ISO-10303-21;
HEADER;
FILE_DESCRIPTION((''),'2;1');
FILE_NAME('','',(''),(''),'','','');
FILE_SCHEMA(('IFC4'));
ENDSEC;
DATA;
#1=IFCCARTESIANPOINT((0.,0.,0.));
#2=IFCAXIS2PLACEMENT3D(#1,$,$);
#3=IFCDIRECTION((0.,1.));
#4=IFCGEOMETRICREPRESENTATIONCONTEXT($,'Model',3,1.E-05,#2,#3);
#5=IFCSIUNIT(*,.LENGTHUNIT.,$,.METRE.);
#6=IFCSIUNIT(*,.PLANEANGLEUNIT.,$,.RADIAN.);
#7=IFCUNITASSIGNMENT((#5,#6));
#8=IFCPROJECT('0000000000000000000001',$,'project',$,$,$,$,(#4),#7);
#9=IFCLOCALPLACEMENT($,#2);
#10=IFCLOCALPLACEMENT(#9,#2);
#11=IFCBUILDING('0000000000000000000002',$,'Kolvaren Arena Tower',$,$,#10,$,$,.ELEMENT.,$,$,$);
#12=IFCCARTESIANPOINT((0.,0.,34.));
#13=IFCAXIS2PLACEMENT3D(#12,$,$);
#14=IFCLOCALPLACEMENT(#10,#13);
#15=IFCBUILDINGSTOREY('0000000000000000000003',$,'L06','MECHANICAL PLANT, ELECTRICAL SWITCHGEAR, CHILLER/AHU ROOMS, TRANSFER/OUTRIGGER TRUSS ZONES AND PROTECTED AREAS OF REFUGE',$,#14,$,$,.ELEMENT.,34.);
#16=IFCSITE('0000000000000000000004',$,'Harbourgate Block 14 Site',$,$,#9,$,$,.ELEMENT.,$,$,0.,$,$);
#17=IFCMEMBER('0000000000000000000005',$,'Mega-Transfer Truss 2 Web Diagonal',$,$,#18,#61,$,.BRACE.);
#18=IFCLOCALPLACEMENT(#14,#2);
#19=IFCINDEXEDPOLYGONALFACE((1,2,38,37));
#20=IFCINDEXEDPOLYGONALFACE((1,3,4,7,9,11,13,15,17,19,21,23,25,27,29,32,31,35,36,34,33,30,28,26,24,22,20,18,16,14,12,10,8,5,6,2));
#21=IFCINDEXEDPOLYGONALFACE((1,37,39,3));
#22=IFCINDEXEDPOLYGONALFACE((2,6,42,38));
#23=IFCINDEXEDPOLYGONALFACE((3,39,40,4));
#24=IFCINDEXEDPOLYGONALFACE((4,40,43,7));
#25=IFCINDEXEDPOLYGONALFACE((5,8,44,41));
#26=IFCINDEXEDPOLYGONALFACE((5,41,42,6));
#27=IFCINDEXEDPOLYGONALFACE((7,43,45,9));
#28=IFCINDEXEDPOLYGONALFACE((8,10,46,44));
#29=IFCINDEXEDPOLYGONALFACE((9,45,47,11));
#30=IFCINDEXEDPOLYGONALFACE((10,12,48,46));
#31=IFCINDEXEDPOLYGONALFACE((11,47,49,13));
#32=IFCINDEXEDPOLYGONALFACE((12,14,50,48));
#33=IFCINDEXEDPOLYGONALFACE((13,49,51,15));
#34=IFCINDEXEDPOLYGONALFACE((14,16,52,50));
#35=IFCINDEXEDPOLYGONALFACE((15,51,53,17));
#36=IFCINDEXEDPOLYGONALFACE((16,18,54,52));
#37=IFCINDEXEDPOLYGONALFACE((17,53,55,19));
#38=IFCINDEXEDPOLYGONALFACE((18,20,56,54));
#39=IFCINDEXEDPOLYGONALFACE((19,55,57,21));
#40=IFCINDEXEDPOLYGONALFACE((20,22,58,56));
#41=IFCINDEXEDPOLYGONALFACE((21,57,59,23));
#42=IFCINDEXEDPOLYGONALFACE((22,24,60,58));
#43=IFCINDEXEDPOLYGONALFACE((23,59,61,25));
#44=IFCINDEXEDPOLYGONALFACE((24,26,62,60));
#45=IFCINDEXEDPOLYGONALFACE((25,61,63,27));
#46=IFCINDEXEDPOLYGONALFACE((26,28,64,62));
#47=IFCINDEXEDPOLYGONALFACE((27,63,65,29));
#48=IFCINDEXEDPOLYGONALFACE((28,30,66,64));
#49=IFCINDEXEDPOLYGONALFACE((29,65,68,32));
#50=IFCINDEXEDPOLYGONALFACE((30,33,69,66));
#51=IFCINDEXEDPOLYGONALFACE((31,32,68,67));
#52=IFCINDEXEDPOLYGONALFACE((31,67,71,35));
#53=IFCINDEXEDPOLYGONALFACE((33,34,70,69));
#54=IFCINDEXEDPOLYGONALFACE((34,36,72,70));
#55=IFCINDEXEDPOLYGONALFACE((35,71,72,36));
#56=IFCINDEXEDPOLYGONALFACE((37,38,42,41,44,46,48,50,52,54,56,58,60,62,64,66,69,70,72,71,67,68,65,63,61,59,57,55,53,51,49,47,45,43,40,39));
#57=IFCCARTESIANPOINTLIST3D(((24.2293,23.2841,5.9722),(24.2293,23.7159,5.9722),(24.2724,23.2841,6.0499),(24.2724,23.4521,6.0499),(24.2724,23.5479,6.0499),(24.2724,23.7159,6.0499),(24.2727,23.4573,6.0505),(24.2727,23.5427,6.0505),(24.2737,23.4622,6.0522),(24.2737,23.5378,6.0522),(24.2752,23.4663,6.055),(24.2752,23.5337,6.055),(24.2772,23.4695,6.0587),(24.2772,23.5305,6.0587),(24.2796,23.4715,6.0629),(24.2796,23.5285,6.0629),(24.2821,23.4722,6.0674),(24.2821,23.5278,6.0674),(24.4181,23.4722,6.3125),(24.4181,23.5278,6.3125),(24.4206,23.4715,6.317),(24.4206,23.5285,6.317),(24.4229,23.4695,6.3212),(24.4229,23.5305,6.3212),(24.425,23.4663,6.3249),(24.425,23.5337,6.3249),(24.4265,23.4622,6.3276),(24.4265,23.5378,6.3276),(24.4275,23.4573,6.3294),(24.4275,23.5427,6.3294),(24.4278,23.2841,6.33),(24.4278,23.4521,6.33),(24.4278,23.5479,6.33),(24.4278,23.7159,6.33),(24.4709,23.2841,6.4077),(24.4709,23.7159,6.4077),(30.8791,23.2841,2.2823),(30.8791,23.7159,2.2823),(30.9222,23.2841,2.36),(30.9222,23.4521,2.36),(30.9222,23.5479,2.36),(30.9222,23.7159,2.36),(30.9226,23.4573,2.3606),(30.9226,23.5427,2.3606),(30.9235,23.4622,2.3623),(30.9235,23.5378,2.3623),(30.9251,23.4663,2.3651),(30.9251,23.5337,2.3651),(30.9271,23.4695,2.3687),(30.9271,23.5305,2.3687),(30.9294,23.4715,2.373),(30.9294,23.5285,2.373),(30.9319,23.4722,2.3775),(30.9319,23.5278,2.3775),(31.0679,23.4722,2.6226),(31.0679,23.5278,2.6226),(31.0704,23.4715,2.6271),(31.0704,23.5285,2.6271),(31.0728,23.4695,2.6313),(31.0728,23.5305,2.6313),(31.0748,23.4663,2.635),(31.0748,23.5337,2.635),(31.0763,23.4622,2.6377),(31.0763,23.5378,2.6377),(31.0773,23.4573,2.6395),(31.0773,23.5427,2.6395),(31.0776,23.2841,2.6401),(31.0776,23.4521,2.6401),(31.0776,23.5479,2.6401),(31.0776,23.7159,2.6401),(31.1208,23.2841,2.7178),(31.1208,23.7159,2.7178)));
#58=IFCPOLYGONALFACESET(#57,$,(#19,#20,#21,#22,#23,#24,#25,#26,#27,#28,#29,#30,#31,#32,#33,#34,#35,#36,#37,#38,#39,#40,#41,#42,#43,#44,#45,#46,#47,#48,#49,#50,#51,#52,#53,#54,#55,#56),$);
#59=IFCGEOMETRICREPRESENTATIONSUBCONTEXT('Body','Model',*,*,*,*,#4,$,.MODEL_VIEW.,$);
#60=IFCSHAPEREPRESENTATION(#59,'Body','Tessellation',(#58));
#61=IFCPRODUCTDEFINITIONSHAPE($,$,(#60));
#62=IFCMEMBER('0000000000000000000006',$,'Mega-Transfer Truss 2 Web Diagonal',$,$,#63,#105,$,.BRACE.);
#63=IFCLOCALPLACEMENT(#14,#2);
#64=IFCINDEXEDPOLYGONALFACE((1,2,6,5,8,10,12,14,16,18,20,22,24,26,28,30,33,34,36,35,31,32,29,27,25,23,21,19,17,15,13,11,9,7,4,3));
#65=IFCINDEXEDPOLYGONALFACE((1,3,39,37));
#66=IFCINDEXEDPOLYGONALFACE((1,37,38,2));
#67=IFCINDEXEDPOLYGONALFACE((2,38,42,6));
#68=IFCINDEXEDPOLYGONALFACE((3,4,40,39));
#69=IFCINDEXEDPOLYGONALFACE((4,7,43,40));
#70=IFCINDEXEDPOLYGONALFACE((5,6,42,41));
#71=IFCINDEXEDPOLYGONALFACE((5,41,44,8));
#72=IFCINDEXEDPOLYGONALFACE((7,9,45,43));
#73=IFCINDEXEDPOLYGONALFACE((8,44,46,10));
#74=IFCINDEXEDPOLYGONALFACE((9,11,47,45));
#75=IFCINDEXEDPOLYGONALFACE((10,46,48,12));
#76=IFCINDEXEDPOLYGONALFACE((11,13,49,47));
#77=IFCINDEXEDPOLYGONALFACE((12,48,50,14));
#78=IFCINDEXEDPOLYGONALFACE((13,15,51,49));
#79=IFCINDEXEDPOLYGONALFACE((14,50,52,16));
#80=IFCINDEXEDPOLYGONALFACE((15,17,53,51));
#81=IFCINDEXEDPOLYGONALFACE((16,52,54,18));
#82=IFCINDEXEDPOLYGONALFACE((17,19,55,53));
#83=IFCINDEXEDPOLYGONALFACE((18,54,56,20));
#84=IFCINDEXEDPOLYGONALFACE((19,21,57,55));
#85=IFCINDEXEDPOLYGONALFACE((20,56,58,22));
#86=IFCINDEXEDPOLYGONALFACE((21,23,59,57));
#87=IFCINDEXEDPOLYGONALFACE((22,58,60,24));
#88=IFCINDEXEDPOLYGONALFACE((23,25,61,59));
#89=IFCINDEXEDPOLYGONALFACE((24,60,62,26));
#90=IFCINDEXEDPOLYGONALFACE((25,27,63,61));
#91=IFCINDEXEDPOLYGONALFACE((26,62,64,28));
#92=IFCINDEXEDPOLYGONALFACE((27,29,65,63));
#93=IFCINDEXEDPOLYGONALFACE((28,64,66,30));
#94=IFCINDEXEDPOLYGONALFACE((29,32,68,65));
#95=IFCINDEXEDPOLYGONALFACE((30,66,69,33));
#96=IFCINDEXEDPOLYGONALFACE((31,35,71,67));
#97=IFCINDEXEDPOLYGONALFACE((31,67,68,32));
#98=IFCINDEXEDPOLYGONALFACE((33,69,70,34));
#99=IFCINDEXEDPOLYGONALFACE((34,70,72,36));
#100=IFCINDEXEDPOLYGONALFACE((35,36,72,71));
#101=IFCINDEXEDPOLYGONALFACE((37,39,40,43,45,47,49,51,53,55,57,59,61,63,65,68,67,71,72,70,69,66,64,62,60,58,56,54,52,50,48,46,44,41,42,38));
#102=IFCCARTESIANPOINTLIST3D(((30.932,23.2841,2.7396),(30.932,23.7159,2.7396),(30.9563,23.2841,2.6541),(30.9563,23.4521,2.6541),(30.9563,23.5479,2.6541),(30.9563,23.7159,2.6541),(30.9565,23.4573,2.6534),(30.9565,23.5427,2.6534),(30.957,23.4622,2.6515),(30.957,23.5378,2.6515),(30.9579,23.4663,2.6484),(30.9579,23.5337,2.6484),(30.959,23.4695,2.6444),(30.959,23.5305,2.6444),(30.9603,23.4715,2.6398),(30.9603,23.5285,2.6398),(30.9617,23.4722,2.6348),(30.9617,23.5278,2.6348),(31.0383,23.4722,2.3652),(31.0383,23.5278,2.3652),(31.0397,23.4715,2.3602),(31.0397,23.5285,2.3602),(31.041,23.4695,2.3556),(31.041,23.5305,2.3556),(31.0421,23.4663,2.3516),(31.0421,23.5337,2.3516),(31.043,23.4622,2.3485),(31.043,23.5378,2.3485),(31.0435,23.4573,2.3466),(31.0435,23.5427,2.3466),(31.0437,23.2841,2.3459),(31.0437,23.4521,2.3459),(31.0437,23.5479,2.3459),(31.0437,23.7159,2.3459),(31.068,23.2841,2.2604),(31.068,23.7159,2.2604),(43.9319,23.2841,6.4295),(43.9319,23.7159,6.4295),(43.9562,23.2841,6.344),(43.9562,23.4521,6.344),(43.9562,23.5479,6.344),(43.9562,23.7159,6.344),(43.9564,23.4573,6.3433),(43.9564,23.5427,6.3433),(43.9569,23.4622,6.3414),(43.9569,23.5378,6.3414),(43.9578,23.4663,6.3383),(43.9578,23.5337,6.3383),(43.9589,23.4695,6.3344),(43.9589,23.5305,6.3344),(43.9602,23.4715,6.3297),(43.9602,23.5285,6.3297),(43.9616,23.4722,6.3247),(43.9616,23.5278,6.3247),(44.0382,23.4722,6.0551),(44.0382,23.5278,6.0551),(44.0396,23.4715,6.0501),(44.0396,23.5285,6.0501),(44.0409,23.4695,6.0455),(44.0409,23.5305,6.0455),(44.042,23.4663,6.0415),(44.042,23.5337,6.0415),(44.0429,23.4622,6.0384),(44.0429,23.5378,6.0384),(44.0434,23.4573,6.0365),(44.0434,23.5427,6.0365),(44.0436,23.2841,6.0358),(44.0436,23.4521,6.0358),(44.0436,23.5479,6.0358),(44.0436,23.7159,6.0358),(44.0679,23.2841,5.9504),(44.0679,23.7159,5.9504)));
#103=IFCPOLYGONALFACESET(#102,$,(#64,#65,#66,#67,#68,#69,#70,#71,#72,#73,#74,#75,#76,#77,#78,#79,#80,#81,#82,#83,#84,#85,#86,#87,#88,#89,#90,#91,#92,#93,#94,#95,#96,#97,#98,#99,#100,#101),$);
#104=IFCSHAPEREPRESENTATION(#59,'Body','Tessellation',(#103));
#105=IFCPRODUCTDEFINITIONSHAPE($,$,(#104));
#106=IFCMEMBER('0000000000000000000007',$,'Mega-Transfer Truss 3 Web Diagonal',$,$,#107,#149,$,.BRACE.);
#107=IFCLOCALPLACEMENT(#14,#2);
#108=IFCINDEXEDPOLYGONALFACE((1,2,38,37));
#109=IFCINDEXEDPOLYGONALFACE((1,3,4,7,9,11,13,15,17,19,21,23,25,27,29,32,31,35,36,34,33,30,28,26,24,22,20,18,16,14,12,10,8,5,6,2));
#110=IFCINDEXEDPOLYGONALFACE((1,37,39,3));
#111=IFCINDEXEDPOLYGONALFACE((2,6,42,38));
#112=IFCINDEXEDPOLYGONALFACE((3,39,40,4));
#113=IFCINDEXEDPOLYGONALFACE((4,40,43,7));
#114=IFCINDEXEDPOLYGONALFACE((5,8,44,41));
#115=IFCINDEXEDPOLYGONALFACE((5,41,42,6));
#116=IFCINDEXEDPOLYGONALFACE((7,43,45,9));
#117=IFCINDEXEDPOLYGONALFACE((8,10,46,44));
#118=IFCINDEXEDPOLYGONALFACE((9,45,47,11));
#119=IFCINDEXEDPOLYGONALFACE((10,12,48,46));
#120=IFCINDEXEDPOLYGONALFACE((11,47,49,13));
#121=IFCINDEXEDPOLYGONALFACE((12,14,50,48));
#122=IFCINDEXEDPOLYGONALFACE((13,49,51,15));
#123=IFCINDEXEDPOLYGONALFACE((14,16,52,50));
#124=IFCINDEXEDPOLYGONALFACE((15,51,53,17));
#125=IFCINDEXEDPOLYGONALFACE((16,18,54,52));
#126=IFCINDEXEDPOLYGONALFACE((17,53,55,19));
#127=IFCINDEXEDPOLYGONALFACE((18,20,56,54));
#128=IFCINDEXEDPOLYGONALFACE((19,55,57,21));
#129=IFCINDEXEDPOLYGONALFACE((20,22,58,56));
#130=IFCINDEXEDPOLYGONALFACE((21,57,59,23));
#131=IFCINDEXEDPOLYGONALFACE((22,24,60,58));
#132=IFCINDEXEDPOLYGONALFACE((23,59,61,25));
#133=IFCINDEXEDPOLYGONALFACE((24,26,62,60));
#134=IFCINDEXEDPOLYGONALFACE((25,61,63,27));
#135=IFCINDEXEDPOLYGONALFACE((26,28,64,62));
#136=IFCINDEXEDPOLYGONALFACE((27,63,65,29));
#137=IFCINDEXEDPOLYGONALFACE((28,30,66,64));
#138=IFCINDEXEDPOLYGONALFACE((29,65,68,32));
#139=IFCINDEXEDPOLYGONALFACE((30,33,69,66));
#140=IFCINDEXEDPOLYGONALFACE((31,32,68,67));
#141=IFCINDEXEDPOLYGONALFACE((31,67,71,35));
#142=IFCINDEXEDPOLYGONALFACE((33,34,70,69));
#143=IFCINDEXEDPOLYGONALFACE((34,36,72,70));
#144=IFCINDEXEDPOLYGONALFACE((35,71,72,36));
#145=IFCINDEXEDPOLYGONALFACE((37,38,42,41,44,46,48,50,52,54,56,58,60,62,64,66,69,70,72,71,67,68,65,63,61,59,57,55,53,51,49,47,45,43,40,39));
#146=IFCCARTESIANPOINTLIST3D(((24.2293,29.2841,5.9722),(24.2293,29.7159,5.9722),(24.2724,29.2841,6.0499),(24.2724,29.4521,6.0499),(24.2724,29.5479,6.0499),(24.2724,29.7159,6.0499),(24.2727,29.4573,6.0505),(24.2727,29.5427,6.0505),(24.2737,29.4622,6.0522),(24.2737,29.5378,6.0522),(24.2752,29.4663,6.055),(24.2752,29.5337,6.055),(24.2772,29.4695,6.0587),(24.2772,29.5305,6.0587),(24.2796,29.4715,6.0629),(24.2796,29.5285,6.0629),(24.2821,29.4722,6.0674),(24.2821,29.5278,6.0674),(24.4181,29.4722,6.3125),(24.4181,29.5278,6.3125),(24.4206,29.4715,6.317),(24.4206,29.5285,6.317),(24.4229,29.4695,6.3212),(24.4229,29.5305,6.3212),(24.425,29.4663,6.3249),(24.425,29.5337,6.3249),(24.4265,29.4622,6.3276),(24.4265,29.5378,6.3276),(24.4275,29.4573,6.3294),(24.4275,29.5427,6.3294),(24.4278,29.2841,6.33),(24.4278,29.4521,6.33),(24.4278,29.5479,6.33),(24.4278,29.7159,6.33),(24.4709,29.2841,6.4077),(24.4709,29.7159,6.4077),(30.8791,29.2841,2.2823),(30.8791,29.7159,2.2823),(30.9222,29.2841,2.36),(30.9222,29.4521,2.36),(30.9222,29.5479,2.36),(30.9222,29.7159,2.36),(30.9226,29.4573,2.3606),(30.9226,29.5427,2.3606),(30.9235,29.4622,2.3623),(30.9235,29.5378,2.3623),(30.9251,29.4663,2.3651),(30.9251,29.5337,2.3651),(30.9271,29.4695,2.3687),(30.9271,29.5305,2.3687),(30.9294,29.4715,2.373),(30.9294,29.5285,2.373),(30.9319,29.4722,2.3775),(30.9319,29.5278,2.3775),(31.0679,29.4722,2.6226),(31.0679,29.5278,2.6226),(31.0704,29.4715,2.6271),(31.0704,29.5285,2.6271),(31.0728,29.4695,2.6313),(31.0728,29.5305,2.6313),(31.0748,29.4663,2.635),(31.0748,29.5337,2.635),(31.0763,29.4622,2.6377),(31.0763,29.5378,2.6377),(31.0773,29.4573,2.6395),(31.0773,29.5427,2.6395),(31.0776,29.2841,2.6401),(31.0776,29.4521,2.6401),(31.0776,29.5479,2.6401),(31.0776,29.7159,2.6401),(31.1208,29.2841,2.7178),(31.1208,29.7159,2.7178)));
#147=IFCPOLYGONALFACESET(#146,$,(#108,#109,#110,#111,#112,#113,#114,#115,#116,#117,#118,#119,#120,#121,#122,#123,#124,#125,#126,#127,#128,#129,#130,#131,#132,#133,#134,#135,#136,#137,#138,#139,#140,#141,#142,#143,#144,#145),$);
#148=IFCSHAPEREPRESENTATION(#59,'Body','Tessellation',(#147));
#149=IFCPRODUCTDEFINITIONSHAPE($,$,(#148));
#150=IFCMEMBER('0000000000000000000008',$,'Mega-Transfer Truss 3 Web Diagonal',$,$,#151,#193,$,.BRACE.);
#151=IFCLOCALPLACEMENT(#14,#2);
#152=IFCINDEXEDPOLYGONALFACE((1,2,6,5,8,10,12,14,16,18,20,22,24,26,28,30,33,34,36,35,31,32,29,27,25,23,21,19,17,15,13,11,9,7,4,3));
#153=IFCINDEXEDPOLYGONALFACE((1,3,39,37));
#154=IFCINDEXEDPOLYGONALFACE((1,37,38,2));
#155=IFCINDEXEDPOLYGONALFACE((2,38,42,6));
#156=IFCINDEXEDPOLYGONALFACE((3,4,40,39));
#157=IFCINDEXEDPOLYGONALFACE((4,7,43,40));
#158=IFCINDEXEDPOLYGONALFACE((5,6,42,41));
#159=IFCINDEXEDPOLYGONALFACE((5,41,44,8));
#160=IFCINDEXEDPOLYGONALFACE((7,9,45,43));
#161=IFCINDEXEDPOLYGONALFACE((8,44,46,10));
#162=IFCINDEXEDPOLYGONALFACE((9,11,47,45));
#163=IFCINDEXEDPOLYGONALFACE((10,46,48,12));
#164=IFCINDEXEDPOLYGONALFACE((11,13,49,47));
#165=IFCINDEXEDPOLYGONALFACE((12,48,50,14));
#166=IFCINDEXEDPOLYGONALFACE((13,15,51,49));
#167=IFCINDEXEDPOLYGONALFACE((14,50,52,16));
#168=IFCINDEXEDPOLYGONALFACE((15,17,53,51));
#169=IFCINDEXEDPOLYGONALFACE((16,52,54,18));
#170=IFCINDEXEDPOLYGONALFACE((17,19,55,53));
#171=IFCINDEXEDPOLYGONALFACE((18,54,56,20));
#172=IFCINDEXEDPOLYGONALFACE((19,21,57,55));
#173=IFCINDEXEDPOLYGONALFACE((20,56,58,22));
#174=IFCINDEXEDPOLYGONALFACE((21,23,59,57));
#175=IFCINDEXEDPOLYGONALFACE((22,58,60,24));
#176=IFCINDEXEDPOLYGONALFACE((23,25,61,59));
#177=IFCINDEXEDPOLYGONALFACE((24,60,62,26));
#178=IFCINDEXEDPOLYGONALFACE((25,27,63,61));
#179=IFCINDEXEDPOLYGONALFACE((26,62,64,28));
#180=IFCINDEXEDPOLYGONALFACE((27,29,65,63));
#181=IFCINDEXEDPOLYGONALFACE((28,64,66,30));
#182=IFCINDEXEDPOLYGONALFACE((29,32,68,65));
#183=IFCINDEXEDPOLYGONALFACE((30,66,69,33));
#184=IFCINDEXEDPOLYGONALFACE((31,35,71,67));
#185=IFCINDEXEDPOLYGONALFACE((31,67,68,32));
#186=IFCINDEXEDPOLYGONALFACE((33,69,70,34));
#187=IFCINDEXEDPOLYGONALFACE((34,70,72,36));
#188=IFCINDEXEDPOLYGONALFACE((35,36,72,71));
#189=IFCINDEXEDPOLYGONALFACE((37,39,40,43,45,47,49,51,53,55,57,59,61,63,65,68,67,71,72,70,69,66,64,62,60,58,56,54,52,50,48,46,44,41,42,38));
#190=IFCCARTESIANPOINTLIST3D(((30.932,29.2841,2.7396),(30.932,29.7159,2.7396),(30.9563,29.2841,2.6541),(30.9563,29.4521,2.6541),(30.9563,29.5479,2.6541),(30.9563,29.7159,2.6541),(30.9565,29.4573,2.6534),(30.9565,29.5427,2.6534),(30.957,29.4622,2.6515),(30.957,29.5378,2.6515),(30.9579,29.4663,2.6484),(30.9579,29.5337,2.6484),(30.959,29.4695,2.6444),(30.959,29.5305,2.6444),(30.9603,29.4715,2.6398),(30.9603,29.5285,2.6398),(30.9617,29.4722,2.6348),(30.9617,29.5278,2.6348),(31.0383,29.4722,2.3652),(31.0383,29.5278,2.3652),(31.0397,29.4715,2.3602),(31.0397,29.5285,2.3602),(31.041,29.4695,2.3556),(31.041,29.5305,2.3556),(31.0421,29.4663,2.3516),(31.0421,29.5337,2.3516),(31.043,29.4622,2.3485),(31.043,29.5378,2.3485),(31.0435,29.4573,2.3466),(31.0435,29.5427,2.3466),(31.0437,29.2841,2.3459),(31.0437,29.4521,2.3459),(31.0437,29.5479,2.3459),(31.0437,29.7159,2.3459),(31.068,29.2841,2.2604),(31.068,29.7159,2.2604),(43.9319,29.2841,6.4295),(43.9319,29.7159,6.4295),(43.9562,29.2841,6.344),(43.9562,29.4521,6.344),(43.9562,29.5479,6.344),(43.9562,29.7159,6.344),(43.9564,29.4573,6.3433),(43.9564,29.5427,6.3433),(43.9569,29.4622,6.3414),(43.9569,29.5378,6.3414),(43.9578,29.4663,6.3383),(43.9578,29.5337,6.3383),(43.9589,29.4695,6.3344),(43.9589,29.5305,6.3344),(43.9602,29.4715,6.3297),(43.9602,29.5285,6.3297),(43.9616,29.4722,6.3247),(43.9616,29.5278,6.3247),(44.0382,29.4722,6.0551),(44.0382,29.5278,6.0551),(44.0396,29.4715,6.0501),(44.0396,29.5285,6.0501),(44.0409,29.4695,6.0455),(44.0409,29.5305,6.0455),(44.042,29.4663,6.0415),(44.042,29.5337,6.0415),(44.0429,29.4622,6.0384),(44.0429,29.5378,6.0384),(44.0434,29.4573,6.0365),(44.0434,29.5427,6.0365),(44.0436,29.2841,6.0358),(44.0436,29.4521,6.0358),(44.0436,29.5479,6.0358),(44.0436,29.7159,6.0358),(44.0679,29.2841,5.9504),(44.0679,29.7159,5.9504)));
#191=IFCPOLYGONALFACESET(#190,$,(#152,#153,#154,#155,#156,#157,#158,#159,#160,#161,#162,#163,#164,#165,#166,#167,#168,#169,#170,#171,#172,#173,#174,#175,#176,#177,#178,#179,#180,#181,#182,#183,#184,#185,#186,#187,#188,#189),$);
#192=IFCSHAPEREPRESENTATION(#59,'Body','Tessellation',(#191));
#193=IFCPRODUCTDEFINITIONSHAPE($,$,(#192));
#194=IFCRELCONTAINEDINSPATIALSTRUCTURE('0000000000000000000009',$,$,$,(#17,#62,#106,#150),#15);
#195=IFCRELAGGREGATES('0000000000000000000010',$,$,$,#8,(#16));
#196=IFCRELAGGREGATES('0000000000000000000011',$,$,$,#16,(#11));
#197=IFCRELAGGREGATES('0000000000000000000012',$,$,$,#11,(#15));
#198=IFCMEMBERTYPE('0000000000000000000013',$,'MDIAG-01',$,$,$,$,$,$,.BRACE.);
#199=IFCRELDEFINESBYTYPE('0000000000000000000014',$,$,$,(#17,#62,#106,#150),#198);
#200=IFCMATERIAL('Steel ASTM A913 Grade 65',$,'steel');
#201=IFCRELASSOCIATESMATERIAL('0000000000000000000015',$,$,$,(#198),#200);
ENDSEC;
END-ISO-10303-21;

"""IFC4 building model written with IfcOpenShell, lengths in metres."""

from ifc_helpers import new_model, si_unit, direction, frame, origin, origin_2d, place, context, subcontext, project, spatial, i_section, extrude, material, material_profile, profile_set, type_object, element, save


model = new_model("IFC4")

# Units and contexts
model_context = context("Model", 3, precision=1e-05, world=origin(), true_north=direction((0.0, 1.0)))
body_context = subcontext(model_context, "Body", "Model", "MODEL_VIEW")
ifc_project = project(units=[si_unit("LENGTHUNIT", "METRE"), si_unit("PLANEANGLEUNIT", "RADIAN")], contexts=[model_context])

# Site, building, storey
site_placement = place(None, origin())
site = spatial("IfcSite", under=ifc_project, at=site_placement, Name="Harbourgate Block 14 Site", CompositionType="ELEMENT", RefElevation=0.0)
building_placement = place(site_placement, origin())
building = spatial("IfcBuilding", under=site, at=building_placement, Name="Kolvaren Arena Tower", CompositionType="ELEMENT")
storey_placement = place(building_placement, frame((0.0, 0.0, 34.0)))
storey = spatial("IfcBuildingStorey", under=building, at=storey_placement, Name="L06", Description="MECHANICAL PLANT, ELECTRICAL SWITCHGEAR, CHILLER/AHU ROOMS, TRANSFER/OUTRIGGER TRUSS ZONES AND PROTECTED AREAS OF REFUGE", CompositionType="ELEMENT", Elevation=34.0)

# Members
ifc_material_1 = material(Name="Steel ASTM A913 Grade 65", Category="steel")
ifc_material_profile_1 = material_profile(ifc_material_1, i_section(OverallWidth=0.4319, OverallDepth=0.498, WebThickness=0.0557, FlangeThickness=0.0889, FilletRadius=0.02, at=origin_2d()), Name="W360x744")
ifc_profile_set_1 = profile_set([ifc_material_profile_1], Name="Steel ASTM A913 Grade 65")
member_type_1 = type_object("IfcMemberType", Name="MDIAG-01", PredefinedType="BRACE", material=ifc_profile_set_1)
member_1_placement = place(storey_placement, frame((24.3501, 23.5, 6.1899), z_axis=(0.874406, 0.0, -0.485196), x_axis=(0.0, 1.0, 0.0)))
element("IfcMember", 1, at=member_1_placement, inside=storey, type_object=member_type_1, Name="Mega-Transfer Truss 2 Web Diagonal", PredefinedType="BRACE", context=body_context, shape_type="SweptSolid", body=[
    extrude(i_section(OverallWidth=0.4319, OverallDepth=0.498, WebThickness=0.0557, FlangeThickness=0.0889, FilletRadius=0.02, at=origin_2d()), origin(), (0.0, 0.0, 1.0), 7.605),
])
member_2_placement = place(storey_placement, frame((31.0, 23.5, 2.5), z_axis=(0.961998, 0.0, 0.273055), x_axis=(0.0, 1.0, 0.0)))
element("IfcMember", 2, at=member_2_placement, inside=storey, type_object=member_type_1, Name="Mega-Transfer Truss 2 Web Diagonal", PredefinedType="BRACE", context=body_context, shape_type="SweptSolid", body=[
    extrude(i_section(OverallWidth=0.4319, OverallDepth=0.498, WebThickness=0.0557, FlangeThickness=0.0889, FilletRadius=0.02, at=origin_2d()), origin(), (0.0, 0.0, 1.0), 13.5134),
])
member_3_placement = place(storey_placement, frame((24.3501, 29.5, 6.1899), z_axis=(0.874406, 0.0, -0.485196), x_axis=(0.0, 1.0, 0.0)))
element("IfcMember", 3, at=member_3_placement, inside=storey, type_object=member_type_1, Name="Mega-Transfer Truss 3 Web Diagonal", PredefinedType="BRACE", context=body_context, shape_type="SweptSolid", body=[
    extrude(i_section(OverallWidth=0.4319, OverallDepth=0.498, WebThickness=0.0557, FlangeThickness=0.0889, FilletRadius=0.02, at=origin_2d()), origin(), (0.0, 0.0, 1.0), 7.605),
])
member_4_placement = place(storey_placement, frame((31.0, 29.5, 2.5), z_axis=(0.961998, 0.0, 0.273055), x_axis=(0.0, 1.0, 0.0)))
element("IfcMember", 4, at=member_4_placement, inside=storey, type_object=member_type_1, Name="Mega-Transfer Truss 3 Web Diagonal", PredefinedType="BRACE", context=body_context, shape_type="SweptSolid", body=[
    extrude(i_section(OverallWidth=0.4319, OverallDepth=0.498, WebThickness=0.0557, FlangeThickness=0.0889, FilletRadius=0.02, at=origin_2d()), origin(), (0.0, 0.0, 1.0), 13.5134),
])

save(model, "model.ifc")
